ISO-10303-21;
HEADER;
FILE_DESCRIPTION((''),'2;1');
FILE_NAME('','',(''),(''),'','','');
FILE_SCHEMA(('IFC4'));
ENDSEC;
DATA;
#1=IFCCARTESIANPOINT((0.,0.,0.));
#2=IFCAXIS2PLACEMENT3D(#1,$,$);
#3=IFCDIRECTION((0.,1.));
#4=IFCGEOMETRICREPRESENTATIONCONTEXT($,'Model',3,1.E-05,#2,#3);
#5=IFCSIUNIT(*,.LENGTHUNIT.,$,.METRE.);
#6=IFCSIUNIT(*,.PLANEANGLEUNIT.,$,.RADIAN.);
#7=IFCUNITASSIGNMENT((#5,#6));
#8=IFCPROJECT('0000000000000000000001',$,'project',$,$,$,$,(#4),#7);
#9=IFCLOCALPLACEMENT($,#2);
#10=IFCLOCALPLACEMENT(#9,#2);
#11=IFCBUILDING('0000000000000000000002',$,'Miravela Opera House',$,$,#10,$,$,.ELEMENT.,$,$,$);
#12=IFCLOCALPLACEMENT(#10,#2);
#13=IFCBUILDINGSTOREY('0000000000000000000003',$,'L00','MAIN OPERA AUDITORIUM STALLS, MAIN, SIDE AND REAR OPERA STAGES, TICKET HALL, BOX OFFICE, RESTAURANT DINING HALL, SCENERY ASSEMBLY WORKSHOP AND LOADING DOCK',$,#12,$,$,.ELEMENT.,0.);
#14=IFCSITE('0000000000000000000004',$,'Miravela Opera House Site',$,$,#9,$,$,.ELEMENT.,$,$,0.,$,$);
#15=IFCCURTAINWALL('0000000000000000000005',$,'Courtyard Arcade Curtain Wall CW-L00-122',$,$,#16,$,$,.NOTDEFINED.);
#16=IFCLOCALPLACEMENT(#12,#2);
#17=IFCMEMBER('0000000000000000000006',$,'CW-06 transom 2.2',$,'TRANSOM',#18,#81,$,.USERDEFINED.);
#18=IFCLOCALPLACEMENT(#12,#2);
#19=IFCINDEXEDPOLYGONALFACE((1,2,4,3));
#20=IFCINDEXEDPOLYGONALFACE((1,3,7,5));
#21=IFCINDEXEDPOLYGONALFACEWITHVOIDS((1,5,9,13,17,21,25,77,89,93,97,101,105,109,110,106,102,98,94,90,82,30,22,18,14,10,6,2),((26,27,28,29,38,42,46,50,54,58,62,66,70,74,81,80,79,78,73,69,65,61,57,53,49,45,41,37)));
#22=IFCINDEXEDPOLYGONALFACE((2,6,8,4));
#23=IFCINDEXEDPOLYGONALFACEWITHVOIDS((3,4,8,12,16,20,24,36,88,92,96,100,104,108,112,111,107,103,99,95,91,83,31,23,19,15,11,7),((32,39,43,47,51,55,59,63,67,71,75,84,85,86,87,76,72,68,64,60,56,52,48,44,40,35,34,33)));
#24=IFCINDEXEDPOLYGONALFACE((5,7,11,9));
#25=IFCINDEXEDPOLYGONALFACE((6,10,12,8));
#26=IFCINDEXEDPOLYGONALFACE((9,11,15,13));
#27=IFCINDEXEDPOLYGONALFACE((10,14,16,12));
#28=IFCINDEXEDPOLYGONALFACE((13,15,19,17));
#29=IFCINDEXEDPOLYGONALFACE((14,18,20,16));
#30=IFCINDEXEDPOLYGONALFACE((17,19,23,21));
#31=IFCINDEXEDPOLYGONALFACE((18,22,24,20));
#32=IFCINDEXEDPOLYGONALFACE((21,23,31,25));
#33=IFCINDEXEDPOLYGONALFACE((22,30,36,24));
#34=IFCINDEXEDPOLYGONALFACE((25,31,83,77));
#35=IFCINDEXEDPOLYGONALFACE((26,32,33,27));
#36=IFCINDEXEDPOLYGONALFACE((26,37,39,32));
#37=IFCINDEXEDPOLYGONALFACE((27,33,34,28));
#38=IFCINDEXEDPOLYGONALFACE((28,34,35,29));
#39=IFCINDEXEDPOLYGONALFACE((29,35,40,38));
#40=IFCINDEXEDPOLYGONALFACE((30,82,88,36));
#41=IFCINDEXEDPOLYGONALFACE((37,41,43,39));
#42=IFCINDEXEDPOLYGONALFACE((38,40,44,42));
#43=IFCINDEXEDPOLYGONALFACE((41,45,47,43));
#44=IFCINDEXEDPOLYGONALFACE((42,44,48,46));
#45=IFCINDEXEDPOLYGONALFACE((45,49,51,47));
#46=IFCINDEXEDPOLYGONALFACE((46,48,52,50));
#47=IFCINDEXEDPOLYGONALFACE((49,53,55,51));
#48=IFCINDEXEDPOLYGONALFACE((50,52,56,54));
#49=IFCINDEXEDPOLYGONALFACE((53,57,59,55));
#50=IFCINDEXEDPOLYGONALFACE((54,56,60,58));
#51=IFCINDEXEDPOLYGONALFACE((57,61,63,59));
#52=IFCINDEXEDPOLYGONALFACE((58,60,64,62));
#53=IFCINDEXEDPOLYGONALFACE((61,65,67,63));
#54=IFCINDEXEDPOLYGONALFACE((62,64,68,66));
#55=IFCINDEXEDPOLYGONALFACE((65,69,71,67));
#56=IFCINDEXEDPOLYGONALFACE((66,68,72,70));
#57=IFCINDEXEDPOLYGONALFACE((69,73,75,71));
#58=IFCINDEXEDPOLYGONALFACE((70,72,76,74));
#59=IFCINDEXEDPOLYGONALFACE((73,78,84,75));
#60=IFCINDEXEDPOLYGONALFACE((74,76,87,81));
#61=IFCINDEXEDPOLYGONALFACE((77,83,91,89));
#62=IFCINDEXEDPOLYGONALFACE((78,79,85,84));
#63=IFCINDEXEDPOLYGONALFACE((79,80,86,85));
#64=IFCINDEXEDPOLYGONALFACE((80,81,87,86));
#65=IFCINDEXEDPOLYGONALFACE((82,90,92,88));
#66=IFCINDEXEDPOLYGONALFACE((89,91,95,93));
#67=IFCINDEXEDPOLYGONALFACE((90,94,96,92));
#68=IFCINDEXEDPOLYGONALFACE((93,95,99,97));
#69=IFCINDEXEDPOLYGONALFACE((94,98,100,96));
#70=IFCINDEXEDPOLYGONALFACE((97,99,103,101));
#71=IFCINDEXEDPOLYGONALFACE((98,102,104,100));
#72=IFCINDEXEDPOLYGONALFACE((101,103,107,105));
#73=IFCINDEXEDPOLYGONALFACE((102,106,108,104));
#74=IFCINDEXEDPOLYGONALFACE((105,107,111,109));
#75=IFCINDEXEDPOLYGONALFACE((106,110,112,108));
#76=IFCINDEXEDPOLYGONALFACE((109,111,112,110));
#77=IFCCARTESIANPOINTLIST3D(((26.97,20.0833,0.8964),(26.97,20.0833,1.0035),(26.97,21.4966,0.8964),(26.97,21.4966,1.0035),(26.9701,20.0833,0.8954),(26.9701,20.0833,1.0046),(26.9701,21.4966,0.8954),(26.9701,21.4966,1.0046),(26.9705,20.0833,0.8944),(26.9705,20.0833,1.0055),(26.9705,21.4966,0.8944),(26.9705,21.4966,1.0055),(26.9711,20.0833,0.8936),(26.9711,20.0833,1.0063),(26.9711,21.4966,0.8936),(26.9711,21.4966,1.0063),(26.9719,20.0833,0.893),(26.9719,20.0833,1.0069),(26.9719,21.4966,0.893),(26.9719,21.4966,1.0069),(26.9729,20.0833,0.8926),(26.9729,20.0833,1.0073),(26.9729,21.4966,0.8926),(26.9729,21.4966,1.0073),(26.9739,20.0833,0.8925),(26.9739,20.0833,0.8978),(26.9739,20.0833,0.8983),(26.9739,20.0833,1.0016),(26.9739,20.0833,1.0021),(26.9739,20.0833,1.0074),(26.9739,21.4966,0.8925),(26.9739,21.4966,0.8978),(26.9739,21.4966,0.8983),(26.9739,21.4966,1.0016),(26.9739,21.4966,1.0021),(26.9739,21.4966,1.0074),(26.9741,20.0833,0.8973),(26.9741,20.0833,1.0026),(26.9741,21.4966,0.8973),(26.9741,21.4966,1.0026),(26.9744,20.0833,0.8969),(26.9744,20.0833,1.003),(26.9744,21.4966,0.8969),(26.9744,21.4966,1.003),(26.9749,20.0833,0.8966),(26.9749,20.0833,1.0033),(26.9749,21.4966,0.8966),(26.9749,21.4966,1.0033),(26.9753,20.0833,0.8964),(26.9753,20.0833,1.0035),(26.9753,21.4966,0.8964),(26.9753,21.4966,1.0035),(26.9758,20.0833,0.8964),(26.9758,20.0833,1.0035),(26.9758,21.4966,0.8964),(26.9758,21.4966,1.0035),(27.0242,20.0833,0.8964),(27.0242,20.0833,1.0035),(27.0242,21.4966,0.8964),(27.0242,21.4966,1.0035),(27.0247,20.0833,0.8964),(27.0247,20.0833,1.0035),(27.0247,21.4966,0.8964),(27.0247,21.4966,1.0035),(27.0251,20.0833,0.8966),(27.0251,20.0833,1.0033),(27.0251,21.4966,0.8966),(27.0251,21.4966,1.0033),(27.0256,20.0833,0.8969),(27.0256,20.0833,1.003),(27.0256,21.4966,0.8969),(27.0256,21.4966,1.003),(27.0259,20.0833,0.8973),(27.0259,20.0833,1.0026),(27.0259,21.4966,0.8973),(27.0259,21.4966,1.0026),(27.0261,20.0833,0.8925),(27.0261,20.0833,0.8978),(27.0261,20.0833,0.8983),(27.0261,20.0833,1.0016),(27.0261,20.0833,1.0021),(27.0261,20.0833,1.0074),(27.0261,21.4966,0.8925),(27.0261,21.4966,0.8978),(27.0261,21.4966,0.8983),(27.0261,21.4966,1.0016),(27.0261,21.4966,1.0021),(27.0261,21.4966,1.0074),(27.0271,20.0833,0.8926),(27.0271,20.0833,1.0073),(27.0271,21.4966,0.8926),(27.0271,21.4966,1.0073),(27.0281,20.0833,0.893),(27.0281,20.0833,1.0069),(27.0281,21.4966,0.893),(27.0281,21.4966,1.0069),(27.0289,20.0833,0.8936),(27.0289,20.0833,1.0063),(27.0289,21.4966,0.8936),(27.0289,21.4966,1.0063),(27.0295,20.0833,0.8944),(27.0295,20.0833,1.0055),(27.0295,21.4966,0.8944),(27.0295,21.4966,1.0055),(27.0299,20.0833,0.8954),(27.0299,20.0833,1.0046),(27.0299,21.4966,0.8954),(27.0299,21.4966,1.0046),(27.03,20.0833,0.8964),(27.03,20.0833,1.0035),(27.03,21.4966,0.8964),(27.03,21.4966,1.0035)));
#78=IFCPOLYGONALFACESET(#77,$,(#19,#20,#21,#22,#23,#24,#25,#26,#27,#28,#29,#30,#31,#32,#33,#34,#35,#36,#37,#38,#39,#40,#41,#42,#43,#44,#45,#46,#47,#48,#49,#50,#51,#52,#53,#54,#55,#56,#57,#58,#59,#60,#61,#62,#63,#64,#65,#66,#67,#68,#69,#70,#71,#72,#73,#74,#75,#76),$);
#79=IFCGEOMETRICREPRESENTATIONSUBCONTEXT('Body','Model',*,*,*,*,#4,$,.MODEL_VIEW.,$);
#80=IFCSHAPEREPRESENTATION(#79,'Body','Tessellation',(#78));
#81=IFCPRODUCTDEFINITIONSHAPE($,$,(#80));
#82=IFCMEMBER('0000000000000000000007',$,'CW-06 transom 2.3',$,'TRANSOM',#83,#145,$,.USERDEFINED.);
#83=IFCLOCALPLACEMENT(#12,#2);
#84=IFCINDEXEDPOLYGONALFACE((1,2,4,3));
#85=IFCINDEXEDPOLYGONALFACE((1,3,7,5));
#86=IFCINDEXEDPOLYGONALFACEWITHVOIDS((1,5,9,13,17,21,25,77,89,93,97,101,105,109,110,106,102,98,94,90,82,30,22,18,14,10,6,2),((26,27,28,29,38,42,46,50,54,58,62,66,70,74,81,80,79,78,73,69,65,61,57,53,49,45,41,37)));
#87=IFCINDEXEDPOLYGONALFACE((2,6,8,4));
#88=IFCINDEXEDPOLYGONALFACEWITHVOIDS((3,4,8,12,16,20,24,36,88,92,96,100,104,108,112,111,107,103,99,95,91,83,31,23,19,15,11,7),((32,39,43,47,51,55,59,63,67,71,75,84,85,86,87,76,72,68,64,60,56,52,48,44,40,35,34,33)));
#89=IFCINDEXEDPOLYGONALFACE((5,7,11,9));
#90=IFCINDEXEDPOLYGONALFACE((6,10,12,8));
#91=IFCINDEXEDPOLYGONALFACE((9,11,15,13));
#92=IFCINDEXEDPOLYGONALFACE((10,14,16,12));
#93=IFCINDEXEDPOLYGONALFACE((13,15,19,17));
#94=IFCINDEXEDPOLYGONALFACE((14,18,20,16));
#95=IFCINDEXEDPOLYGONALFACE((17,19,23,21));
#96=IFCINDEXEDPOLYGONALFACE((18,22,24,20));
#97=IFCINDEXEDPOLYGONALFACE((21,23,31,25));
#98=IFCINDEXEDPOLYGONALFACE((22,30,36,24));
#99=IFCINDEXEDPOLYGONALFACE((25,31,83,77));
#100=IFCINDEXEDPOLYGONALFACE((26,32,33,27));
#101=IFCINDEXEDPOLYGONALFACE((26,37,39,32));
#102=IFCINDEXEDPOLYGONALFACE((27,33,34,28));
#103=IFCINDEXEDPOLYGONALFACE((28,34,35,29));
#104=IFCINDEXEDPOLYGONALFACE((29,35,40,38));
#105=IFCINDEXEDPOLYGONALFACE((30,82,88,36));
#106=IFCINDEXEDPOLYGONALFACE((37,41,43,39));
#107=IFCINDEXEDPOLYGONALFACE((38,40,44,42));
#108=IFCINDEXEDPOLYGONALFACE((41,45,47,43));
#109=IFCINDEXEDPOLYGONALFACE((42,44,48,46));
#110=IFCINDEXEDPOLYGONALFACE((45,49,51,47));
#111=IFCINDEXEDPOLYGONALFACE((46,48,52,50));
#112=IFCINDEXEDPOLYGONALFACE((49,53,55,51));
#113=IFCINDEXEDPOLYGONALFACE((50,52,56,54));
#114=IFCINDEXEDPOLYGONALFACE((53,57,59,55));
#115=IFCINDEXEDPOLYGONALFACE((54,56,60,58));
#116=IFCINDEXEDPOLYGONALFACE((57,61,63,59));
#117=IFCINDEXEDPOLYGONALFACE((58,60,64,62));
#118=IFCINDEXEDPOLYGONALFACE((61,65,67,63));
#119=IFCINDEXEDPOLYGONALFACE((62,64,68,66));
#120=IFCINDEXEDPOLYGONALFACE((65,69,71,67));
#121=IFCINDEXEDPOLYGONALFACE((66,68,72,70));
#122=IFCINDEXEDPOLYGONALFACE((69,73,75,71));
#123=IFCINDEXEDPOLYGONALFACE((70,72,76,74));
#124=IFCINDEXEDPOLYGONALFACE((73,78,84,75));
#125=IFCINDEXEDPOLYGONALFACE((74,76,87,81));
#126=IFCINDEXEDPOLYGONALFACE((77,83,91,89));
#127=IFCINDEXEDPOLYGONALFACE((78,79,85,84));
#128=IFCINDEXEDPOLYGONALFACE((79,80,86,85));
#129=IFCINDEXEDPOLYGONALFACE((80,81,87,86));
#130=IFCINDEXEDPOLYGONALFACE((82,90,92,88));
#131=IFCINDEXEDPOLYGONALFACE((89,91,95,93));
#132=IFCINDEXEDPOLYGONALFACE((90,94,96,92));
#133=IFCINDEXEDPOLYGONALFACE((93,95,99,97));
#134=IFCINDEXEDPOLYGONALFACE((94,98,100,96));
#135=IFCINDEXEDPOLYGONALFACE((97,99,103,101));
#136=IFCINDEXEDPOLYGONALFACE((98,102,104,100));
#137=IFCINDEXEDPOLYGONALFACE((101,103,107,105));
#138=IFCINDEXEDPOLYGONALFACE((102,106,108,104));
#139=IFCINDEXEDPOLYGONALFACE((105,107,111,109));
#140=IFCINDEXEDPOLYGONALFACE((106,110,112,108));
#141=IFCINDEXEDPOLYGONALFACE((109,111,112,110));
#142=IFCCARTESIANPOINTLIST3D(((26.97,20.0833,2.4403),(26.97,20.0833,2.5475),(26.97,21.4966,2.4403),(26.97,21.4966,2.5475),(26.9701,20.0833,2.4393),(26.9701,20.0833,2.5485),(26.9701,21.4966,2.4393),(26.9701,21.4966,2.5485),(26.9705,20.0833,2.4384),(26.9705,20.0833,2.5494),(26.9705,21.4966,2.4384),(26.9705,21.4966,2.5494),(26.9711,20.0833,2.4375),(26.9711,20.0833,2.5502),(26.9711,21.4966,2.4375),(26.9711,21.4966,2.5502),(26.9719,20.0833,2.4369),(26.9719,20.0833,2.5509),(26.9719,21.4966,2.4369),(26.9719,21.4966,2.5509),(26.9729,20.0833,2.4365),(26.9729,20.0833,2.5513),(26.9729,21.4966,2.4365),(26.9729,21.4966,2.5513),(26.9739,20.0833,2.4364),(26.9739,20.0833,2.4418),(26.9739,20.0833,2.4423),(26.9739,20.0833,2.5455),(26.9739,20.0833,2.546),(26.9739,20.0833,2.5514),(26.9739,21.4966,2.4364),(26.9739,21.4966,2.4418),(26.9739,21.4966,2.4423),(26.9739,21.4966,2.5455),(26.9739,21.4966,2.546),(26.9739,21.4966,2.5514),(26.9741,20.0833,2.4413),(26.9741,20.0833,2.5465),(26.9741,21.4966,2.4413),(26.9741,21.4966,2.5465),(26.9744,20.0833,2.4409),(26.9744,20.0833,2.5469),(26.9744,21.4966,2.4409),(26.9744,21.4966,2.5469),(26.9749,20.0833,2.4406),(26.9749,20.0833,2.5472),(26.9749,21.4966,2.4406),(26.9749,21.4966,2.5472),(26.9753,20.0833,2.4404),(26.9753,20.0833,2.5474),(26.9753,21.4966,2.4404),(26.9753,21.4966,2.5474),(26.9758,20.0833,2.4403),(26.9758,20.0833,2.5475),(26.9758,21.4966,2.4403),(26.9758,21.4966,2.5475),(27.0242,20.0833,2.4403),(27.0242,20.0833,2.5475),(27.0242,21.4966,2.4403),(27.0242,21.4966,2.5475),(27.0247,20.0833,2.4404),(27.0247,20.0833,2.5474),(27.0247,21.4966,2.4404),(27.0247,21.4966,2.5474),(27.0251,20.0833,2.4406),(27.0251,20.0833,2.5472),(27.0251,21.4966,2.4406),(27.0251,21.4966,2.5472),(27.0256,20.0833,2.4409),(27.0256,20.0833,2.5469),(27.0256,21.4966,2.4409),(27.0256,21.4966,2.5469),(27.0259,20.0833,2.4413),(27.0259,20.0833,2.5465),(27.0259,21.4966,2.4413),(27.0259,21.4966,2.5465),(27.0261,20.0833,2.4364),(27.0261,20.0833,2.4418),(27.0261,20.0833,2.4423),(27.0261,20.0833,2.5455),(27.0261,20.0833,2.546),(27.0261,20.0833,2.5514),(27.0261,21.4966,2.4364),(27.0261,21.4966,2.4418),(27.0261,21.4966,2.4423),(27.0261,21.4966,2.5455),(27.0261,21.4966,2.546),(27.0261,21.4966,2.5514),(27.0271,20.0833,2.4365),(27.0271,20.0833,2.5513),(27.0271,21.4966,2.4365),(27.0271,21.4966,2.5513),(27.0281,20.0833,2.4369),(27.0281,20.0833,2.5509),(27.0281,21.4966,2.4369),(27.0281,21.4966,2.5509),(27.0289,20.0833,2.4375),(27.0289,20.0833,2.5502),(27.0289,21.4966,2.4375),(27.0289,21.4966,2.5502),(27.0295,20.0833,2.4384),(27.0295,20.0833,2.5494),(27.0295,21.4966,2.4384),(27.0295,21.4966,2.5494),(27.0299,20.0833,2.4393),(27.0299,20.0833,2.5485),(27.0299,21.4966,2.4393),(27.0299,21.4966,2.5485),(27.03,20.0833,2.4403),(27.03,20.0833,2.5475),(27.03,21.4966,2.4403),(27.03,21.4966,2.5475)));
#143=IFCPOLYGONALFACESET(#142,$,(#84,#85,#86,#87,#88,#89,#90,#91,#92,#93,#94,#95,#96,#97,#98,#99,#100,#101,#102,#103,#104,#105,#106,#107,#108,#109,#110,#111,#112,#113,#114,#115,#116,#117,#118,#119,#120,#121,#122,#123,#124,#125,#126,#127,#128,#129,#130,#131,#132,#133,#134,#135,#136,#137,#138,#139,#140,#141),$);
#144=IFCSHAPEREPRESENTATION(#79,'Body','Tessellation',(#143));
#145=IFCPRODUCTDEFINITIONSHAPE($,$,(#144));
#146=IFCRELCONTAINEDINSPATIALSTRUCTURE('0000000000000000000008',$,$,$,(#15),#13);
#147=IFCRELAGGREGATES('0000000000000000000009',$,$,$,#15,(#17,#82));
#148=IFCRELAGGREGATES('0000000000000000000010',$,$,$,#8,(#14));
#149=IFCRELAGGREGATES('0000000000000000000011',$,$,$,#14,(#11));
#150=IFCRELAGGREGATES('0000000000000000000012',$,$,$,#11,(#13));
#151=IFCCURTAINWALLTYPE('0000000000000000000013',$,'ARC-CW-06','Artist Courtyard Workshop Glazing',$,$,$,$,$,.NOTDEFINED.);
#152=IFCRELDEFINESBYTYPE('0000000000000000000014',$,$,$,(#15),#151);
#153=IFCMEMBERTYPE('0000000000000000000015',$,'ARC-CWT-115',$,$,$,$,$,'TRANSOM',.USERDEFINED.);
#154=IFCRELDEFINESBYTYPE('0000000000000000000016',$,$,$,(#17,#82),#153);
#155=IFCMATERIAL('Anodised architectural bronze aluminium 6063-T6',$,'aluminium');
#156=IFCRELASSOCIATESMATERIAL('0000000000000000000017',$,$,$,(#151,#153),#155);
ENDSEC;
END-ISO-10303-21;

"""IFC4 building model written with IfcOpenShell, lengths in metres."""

from ifc_helpers import new_model, si_unit, direction, frame, origin, origin_2d, place, context, subcontext, project, spatial, hollow_rectangle, extrude, material, material_profile, profile_set, type_object, element, aggregate, save


model = new_model("IFC4")

# Units and contexts
model_context = context("Model", 3, precision=1e-05, world=origin(), true_north=direction((0.0, 1.0)))
body_context = subcontext(model_context, "Body", "Model", "MODEL_VIEW")
ifc_project = project(units=[si_unit("LENGTHUNIT", "METRE"), si_unit("PLANEANGLEUNIT", "RADIAN")], contexts=[model_context])

# Site, building, storey
site_placement = place(None, origin())
site = spatial("IfcSite", under=ifc_project, at=site_placement, Name="Miravela Opera House Site", CompositionType="ELEMENT", RefElevation=0.0)
building_placement = place(site_placement, origin())
building = spatial("IfcBuilding", under=site, at=building_placement, Name="Miravela Opera House", CompositionType="ELEMENT")
storey_placement = place(building_placement, origin())
storey = spatial("IfcBuildingStorey", under=building, at=storey_placement, Name="L00", Description="MAIN OPERA AUDITORIUM STALLS, MAIN, SIDE AND REAR OPERA STAGES, TICKET HALL, BOX OFFICE, RESTAURANT DINING HALL, SCENERY ASSEMBLY WORKSHOP AND LOADING DOCK", CompositionType="ELEMENT", Elevation=0.0)

# Shared definitions
ifc_material_1 = material(Name="Anodised architectural bronze aluminium 6063-T6", Category="aluminium")
curtain_wall_type = type_object("IfcCurtainWallType", Name="ARC-CW-06", Description="Artist Courtyard Workshop Glazing", PredefinedType="NOTDEFINED", material=ifc_material_1)

# Curtain wall
curtain_wall_1_placement = place(storey_placement, origin())
curtain_wall_1 = element("IfcCurtainWall", 1, at=curtain_wall_1_placement, inside=storey, type_object=curtain_wall_type, Name="Courtyard Arcade Curtain Wall CW-L00-122", PredefinedType="NOTDEFINED")

# Members
ifc_material_profile_1 = material_profile(ifc_material_1, hollow_rectangle(XDim=0.0601, YDim=0.115, WallThickness=0.0039, InnerFilletRadius=0.002, OuterFilletRadius=0.0039, at=origin_2d()), Name="CWT-60X115")
ifc_profile_set_1 = profile_set([ifc_material_profile_1])
member_type_1 = type_object("IfcMemberType", Name="ARC-CWT-115", ElementType="TRANSOM", PredefinedType="USERDEFINED", material=ifc_profile_set_1)
member_1_placement = place(storey_placement, frame((27.0, 20.0833, 0.95), z_axis=(0.0, 1.0, 0.0), x_axis=(-1.0, 0.0, 0.0)))
member_1 = element("IfcMember", 2, at=member_1_placement, type_object=member_type_1, Name="CW-06 transom 2.2", ObjectType="TRANSOM", PredefinedType="USERDEFINED", context=body_context, shape_type="SweptSolid", body=[
    extrude(hollow_rectangle(XDim=0.0601, YDim=0.115, WallThickness=0.0039, InnerFilletRadius=0.002, OuterFilletRadius=0.0039, at=origin_2d()), origin(), (0.0, 0.0, 1.0), 1.4133),
])
member_2_placement = place(storey_placement, frame((27.0, 20.0833, 2.4939), z_axis=(0.0, 1.0, 0.0), x_axis=(-1.0, 0.0, 0.0)))
member_2 = element("IfcMember", 3, at=member_2_placement, type_object=member_type_1, Name="CW-06 transom 2.3", ObjectType="TRANSOM", PredefinedType="USERDEFINED", context=body_context, shape_type="SweptSolid", body=[
    extrude(hollow_rectangle(XDim=0.0601, YDim=0.115, WallThickness=0.0039, InnerFilletRadius=0.002, OuterFilletRadius=0.0039, at=origin_2d()), origin(), (0.0, 0.0, 1.0), 1.4133),
])

aggregate(curtain_wall_1, [member_1, member_2])

save(model, "model.ifc")
